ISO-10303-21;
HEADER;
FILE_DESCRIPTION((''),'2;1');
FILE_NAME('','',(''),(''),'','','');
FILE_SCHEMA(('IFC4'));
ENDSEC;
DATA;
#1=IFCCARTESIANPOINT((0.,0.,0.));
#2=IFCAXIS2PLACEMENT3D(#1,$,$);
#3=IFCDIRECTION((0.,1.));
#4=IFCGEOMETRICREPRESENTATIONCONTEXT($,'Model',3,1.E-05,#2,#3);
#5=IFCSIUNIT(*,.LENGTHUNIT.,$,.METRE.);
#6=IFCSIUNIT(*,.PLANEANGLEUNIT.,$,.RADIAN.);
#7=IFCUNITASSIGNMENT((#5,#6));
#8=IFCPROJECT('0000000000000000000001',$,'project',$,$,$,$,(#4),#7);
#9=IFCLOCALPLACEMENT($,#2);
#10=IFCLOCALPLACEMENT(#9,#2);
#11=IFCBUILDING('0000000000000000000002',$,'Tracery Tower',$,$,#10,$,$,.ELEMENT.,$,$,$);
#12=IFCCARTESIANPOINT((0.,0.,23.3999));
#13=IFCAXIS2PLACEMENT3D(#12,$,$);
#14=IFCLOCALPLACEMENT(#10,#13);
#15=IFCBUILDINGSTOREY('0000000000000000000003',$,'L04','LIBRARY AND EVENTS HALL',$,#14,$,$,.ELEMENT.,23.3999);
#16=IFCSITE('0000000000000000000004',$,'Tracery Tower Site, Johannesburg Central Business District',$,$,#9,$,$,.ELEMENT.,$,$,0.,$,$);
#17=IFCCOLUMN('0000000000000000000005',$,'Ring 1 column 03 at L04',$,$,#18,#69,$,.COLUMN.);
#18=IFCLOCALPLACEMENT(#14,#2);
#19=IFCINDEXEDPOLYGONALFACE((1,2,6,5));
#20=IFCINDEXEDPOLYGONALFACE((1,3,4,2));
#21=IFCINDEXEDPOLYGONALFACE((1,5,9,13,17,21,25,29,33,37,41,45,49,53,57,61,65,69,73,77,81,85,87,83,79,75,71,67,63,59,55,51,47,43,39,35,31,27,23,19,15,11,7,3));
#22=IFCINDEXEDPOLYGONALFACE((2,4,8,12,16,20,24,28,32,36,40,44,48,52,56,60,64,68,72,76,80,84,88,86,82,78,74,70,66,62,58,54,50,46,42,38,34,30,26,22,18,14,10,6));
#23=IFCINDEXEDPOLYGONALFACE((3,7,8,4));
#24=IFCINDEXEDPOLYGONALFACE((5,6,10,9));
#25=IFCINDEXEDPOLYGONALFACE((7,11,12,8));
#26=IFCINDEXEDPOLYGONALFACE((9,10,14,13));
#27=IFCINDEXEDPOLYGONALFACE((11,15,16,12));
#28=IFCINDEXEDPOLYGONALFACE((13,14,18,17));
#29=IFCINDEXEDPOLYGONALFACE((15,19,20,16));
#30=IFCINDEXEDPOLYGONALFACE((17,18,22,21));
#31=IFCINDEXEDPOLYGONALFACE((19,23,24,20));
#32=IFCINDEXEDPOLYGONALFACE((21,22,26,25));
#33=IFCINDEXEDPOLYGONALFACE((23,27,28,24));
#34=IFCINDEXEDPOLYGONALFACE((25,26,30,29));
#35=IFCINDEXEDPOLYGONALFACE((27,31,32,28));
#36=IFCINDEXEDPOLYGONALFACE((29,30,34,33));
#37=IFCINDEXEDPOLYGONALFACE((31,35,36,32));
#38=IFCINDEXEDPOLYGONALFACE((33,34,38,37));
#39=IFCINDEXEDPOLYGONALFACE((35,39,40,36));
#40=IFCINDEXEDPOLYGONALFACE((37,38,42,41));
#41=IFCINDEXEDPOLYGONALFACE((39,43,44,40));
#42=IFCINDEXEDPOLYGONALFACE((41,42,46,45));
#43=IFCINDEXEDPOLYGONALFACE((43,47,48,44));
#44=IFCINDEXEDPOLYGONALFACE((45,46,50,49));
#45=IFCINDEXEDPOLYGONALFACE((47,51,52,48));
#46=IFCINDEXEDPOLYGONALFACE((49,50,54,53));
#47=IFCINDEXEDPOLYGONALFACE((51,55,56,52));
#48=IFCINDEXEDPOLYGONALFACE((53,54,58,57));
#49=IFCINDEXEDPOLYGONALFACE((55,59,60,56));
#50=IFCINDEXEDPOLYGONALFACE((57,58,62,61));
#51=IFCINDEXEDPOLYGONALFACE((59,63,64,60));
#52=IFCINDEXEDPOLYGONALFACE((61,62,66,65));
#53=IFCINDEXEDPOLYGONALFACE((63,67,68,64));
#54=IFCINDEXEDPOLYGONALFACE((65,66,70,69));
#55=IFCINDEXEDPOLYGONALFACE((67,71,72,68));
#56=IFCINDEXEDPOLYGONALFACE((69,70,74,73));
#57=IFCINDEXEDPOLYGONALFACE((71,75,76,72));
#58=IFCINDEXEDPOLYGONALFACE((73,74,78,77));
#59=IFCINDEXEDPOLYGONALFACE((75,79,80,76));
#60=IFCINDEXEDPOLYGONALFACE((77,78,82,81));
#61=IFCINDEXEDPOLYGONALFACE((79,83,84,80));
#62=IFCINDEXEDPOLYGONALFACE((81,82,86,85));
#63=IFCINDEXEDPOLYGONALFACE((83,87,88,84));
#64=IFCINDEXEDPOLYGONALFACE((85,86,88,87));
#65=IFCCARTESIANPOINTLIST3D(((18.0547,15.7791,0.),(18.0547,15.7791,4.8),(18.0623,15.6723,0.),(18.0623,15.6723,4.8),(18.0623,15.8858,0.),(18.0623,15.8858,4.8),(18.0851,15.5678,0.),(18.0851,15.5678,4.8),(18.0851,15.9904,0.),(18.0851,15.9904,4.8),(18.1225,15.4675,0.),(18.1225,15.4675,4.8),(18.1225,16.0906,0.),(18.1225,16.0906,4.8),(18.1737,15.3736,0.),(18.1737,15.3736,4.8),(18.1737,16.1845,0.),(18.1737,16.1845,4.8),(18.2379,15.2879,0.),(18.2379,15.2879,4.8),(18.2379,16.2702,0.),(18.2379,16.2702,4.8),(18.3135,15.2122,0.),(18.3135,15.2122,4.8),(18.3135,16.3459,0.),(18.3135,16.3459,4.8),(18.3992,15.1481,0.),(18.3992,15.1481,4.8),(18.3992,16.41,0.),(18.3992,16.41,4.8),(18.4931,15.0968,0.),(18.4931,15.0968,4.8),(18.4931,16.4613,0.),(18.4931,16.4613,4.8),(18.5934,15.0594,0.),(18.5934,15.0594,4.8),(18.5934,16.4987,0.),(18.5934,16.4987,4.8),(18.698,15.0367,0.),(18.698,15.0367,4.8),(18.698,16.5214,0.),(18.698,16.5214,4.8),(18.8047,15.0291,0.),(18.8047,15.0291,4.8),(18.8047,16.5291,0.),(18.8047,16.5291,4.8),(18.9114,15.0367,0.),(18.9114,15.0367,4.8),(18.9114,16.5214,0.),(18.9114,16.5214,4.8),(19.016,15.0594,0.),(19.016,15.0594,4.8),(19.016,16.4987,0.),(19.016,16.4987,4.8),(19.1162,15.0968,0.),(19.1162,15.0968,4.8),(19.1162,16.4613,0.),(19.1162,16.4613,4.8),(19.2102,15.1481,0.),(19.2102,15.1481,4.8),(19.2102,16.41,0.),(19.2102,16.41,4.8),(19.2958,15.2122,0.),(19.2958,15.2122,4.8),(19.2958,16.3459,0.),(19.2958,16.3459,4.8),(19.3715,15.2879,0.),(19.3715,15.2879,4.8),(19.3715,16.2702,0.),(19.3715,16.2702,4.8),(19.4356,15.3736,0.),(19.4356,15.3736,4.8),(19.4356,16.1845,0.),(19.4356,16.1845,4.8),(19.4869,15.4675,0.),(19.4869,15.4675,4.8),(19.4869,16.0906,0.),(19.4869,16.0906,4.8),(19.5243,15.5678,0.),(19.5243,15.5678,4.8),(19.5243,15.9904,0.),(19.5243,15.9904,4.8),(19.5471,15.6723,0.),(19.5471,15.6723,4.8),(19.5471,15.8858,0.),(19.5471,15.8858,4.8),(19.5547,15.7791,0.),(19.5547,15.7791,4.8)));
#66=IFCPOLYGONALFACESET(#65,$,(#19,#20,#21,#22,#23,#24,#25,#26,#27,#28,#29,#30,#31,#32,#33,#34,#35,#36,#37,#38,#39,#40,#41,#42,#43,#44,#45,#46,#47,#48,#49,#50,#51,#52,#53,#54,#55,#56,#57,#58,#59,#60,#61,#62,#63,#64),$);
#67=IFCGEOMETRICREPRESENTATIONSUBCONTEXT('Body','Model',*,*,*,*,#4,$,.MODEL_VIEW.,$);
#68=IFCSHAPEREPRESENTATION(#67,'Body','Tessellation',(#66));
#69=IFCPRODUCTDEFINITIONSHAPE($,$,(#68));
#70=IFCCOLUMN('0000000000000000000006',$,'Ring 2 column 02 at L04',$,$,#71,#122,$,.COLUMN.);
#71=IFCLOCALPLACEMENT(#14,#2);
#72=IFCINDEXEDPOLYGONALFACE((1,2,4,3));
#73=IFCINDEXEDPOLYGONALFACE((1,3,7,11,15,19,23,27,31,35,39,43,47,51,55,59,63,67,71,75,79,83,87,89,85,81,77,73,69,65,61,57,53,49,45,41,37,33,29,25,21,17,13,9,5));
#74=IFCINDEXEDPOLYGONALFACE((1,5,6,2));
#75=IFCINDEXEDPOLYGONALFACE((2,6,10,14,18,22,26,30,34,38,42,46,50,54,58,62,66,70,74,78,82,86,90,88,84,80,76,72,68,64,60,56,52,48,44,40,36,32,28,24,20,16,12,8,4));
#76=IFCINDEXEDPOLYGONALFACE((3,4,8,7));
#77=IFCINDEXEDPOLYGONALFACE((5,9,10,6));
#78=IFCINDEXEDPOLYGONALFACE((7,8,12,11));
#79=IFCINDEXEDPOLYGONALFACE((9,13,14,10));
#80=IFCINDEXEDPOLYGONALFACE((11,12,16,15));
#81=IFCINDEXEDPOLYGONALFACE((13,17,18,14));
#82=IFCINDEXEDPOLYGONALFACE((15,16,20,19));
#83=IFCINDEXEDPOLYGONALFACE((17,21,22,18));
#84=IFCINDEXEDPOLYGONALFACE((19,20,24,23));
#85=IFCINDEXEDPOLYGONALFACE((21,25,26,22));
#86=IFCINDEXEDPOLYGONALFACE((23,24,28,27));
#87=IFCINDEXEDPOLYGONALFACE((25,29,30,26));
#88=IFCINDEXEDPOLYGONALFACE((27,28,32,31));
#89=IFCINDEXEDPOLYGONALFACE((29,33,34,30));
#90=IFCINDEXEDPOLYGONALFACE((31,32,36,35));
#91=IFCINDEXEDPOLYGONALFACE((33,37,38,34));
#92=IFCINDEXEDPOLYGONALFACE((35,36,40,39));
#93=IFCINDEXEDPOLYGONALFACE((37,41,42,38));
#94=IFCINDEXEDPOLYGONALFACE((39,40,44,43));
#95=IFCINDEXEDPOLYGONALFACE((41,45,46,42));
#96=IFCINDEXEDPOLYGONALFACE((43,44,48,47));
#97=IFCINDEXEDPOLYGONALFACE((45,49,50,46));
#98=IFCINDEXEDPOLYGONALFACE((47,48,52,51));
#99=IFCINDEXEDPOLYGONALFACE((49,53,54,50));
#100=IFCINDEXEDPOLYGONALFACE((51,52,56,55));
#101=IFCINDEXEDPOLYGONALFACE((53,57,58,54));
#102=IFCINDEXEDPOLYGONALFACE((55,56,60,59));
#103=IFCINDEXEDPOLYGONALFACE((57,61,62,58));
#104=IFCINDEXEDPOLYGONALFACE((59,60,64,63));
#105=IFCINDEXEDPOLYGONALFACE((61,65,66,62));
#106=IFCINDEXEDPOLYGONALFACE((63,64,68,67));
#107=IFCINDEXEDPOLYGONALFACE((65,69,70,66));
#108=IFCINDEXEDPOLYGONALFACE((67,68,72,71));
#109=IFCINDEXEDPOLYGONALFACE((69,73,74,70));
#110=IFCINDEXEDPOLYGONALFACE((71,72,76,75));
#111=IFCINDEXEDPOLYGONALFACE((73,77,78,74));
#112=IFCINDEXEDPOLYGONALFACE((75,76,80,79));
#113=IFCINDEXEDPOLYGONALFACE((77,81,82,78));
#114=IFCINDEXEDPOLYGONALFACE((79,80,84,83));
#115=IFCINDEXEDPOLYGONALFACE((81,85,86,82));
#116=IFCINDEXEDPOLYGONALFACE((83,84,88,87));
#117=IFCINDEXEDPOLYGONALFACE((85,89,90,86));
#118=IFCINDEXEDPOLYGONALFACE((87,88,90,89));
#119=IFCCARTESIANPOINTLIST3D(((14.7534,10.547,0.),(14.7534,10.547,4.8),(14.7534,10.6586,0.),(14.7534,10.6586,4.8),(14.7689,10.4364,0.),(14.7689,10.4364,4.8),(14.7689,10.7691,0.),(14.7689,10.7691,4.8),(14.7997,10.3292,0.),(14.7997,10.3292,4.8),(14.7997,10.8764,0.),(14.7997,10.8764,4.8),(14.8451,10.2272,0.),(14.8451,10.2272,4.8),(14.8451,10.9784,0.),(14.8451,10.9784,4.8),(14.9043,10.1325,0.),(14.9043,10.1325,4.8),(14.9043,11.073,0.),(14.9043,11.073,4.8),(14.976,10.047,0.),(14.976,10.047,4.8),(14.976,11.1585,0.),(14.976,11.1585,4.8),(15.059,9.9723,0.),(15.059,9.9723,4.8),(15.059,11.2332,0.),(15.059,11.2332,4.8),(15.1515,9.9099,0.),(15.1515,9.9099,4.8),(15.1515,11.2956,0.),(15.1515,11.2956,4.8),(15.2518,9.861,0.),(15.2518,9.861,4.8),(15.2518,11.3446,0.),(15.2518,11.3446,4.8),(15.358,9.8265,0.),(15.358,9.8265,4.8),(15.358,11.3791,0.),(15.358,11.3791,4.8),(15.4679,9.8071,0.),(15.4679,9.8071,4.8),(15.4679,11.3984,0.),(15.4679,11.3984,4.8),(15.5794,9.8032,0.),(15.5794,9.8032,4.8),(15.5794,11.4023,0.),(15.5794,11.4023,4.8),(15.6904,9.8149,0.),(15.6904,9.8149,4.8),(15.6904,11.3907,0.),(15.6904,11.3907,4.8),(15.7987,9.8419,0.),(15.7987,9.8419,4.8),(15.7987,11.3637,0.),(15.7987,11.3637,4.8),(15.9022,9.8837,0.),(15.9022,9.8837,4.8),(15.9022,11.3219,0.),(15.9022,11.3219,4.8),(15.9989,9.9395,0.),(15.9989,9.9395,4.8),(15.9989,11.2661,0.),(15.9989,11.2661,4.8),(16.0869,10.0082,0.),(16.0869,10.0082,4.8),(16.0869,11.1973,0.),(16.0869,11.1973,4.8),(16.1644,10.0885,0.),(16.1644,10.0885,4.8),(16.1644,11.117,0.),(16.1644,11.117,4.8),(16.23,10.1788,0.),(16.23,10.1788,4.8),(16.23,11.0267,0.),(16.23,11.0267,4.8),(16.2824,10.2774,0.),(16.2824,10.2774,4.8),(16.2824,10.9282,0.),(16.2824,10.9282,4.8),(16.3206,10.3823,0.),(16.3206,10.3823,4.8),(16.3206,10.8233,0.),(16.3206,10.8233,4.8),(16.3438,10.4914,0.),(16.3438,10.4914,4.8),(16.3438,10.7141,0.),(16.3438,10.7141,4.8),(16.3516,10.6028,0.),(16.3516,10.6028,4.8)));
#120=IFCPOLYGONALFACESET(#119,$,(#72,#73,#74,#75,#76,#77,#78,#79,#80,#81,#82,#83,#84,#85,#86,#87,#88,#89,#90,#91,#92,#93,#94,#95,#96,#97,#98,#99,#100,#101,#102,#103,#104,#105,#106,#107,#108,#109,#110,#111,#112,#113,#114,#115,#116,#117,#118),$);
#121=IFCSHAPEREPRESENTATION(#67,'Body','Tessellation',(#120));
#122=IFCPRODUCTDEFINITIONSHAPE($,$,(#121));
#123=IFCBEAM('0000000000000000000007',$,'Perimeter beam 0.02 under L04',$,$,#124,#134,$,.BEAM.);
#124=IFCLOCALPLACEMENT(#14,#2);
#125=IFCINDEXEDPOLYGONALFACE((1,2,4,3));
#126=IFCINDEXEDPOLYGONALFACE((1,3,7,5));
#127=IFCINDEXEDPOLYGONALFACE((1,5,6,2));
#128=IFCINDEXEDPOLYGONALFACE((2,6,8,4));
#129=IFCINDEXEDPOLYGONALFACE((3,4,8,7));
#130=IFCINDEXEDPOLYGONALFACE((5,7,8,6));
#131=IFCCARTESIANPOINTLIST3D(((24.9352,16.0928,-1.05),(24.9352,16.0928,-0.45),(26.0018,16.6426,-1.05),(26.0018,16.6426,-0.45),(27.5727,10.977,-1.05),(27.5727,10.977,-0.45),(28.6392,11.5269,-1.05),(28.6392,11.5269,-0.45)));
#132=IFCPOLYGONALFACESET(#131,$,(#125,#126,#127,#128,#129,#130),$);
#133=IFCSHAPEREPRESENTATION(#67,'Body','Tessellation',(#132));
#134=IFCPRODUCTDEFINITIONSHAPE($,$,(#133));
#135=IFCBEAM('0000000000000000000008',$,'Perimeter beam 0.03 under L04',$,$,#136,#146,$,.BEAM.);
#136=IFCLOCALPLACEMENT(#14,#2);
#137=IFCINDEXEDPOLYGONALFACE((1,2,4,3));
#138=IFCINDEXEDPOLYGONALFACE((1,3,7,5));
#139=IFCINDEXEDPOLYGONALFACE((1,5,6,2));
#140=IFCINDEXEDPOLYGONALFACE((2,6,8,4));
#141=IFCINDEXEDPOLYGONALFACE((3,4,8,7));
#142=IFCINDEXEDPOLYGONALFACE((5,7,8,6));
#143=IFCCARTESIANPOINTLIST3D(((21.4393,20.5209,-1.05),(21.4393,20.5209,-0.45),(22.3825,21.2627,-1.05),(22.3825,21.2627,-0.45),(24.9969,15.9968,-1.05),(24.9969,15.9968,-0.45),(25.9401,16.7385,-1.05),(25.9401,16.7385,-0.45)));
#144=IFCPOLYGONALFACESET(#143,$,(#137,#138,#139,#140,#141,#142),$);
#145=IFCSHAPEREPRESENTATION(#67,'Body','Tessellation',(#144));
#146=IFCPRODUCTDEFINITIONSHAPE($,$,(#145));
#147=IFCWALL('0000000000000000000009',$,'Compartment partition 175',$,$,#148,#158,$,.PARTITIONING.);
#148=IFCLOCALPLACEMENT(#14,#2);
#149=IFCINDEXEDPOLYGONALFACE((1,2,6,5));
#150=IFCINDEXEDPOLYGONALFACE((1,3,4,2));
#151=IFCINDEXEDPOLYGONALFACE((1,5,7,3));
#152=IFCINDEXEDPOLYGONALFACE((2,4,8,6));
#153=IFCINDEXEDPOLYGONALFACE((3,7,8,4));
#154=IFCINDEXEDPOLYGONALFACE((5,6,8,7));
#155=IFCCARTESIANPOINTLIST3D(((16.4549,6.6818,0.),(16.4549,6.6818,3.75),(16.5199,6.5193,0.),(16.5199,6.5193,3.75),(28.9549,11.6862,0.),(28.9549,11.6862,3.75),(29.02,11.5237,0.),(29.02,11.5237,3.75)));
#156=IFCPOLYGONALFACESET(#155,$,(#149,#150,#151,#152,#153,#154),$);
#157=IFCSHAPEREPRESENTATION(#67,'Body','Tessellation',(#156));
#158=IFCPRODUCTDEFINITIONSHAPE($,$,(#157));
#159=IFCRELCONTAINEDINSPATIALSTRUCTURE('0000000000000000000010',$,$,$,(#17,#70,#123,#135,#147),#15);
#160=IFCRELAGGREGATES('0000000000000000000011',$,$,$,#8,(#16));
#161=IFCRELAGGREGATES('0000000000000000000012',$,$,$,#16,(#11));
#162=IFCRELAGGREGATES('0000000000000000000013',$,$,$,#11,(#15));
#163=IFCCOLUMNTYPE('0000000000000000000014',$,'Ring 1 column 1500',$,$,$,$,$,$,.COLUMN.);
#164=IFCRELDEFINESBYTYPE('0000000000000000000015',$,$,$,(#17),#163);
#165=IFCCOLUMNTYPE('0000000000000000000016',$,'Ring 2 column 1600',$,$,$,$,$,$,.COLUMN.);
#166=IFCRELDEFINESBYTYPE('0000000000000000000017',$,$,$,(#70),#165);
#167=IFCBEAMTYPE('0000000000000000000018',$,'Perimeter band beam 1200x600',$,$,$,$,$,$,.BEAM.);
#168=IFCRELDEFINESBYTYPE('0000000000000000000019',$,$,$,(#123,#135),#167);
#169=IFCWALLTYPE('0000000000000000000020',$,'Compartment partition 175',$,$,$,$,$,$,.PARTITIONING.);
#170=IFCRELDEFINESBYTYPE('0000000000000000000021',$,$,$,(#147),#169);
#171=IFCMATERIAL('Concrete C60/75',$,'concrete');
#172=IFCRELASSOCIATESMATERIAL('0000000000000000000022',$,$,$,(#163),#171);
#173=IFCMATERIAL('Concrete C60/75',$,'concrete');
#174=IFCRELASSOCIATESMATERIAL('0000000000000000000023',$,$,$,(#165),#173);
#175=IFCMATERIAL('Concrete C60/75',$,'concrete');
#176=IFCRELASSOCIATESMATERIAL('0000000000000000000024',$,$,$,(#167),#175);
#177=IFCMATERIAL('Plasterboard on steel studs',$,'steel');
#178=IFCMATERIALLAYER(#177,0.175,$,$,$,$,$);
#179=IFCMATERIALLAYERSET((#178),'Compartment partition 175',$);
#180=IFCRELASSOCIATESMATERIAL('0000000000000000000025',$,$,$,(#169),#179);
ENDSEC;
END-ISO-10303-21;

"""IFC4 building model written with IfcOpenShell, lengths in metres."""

from ifc_helpers import new_model, si_unit, direction, frame, frame_2d, origin, origin_2d, place, context, subcontext, project, spatial, rectangle, circle, extrude, material, layer, layer_set, material_profile, profile_set, type_object, element, save


model = new_model("IFC4")

# Units and contexts
model_context = context("Model", 3, precision=1e-05, world=origin(), true_north=direction((0.0, 1.0)))
body_context = subcontext(model_context, "Body", "Model", "MODEL_VIEW")
ifc_project = project(units=[si_unit("LENGTHUNIT", "METRE"), si_unit("PLANEANGLEUNIT", "RADIAN")], contexts=[model_context])

# Site, building, storey
site_placement = place(None, origin())
site = spatial("IfcSite", under=ifc_project, at=site_placement, Name="Tracery Tower Site, Johannesburg Central Business District", CompositionType="ELEMENT", RefElevation=0.0)
building_placement = place(site_placement, origin())
building = spatial("IfcBuilding", under=site, at=building_placement, Name="Tracery Tower", CompositionType="ELEMENT")
storey_placement = place(building_placement, frame((0.0, 0.0, 23.3999)))
storey = spatial("IfcBuildingStorey", under=building, at=storey_placement, Name="L04", Description="LIBRARY AND EVENTS HALL", CompositionType="ELEMENT", Elevation=23.3999)

# Columns
ifc_material_1 = material(Name="Concrete C60/75", Category="concrete")
ifc_material_profile_1 = material_profile(ifc_material_1, circle(Radius=0.75, at=origin_2d()), Name="RC D1500")
ifc_profile_set_1 = profile_set([ifc_material_profile_1], Name="Concrete C60/75")
column_type_1 = type_object("IfcColumnType", Name="Ring 1 column 1500", PredefinedType="COLUMN", material=ifc_profile_set_1)
for number, where, z_axis, x_axis, name in (
    (1, (18.8047, 15.7791, 0.0), (0.0, 0.0, 1.0), (1.0, 0.0, 0.0), "Ring 1 column 03 at L04"),
):
    element("IfcColumn", number, at=place(storey_placement, frame(where, z_axis=z_axis, x_axis=x_axis)), inside=storey, type_object=column_type_1, Name=name, PredefinedType="COLUMN", context=body_context, shape_type="SweptSolid", body=[
        extrude(circle(Radius=0.75, at=origin_2d()), origin(), (0.0, 0.0, 1.0), 4.8),
    ])
ifc_material_2 = material(Name="Concrete C60/75", Category="concrete")
ifc_material_profile_2 = material_profile(ifc_material_2, circle(Radius=0.8, at=origin_2d()), Name="RC D1600")
ifc_profile_set_2 = profile_set([ifc_material_profile_2], Name="Concrete C60/75")
column_type_2 = type_object("IfcColumnType", Name="Ring 2 column 1600", PredefinedType="COLUMN", material=ifc_profile_set_2)
column_placement = place(storey_placement, frame((15.5515, 10.6028, 0.0), z_axis=(0.0, 0.0, 1.0), x_axis=(1.0, 0.0, 0.0)))
element("IfcColumn", 2, at=column_placement, inside=storey, type_object=column_type_2, Name="Ring 2 column 02 at L04", PredefinedType="COLUMN", context=body_context, shape_type="SweptSolid", body=[
    extrude(circle(Radius=0.8, at=origin_2d()), origin(), (0.0, 0.0, 1.0), 4.8),
])

# Beams
ifc_material_3 = material(Name="Concrete C60/75", Category="concrete")
ifc_material_profile_3 = material_profile(ifc_material_3, rectangle(XDim=1.2, YDim=0.6001, at=origin_2d()), Name="RC 1200x600")
ifc_profile_set_3 = profile_set([ifc_material_profile_3], Name="Concrete C60/75")
beam_type = type_object("IfcBeamType", Name="Perimeter band beam 1200x600", PredefinedType="BEAM", material=ifc_profile_set_3)
beam_1_placement = place(storey_placement, frame((28.106, 11.252, -0.75), z_axis=(-0.458242, 0.888827, 0.0), x_axis=(-0.888827, -0.458242, 0.0)))
element("IfcBeam", 3, at=beam_1_placement, inside=storey, type_object=beam_type, Name="Perimeter beam 0.02 under L04", PredefinedType="BEAM", context=body_context, shape_type="SweptSolid", body=[
    extrude(rectangle(XDim=1.2, YDim=0.6001, at=origin_2d()), origin(), (0.0, 0.0, 1.0), 5.7556),
])
beam_2_placement = place(storey_placement, frame((25.4685, 16.3677, -0.75), z_axis=(-0.618134, 0.786072, 0.0), x_axis=(-0.786072, -0.618134, 0.0)))
element("IfcBeam", 4, at=beam_2_placement, inside=storey, type_object=beam_type, Name="Perimeter beam 0.03 under L04", PredefinedType="BEAM", context=body_context, shape_type="SweptSolid", body=[
    extrude(rectangle(XDim=1.2, YDim=0.6001, at=origin_2d()), origin(), (0.0, 0.0, 1.0), 5.7554),
])

# Wall
ifc_material_4 = material(Name="Plasterboard on steel studs", Category="steel")
ifc_layer_1 = layer(ifc_material_4, 0.175)
ifc_layer_set_1 = layer_set([ifc_layer_1], Name="Compartment partition 175")
wall_type_1 = type_object("IfcWallType", Name="Compartment partition 175", PredefinedType="PARTITIONING", material=ifc_layer_set_1)
wall_1_placement = place(storey_placement, frame((28.9875, 11.605, 0.0), z_axis=(0.0, 0.0, 1.0), x_axis=(-0.928364, -0.371672, 0.0)))
element("IfcWall", 5, at=wall_1_placement, inside=storey, type_object=wall_type_1, Name="Compartment partition 175", PredefinedType="PARTITIONING", context=body_context, shape_type="SweptSolid", body=[
    extrude(rectangle(XDim=13.4646, YDim=0.175, at=frame_2d((6.7324, 0.0))), origin(), (0.0, 0.0, 1.0), 3.75),
])

save(model, "model.ifc")
